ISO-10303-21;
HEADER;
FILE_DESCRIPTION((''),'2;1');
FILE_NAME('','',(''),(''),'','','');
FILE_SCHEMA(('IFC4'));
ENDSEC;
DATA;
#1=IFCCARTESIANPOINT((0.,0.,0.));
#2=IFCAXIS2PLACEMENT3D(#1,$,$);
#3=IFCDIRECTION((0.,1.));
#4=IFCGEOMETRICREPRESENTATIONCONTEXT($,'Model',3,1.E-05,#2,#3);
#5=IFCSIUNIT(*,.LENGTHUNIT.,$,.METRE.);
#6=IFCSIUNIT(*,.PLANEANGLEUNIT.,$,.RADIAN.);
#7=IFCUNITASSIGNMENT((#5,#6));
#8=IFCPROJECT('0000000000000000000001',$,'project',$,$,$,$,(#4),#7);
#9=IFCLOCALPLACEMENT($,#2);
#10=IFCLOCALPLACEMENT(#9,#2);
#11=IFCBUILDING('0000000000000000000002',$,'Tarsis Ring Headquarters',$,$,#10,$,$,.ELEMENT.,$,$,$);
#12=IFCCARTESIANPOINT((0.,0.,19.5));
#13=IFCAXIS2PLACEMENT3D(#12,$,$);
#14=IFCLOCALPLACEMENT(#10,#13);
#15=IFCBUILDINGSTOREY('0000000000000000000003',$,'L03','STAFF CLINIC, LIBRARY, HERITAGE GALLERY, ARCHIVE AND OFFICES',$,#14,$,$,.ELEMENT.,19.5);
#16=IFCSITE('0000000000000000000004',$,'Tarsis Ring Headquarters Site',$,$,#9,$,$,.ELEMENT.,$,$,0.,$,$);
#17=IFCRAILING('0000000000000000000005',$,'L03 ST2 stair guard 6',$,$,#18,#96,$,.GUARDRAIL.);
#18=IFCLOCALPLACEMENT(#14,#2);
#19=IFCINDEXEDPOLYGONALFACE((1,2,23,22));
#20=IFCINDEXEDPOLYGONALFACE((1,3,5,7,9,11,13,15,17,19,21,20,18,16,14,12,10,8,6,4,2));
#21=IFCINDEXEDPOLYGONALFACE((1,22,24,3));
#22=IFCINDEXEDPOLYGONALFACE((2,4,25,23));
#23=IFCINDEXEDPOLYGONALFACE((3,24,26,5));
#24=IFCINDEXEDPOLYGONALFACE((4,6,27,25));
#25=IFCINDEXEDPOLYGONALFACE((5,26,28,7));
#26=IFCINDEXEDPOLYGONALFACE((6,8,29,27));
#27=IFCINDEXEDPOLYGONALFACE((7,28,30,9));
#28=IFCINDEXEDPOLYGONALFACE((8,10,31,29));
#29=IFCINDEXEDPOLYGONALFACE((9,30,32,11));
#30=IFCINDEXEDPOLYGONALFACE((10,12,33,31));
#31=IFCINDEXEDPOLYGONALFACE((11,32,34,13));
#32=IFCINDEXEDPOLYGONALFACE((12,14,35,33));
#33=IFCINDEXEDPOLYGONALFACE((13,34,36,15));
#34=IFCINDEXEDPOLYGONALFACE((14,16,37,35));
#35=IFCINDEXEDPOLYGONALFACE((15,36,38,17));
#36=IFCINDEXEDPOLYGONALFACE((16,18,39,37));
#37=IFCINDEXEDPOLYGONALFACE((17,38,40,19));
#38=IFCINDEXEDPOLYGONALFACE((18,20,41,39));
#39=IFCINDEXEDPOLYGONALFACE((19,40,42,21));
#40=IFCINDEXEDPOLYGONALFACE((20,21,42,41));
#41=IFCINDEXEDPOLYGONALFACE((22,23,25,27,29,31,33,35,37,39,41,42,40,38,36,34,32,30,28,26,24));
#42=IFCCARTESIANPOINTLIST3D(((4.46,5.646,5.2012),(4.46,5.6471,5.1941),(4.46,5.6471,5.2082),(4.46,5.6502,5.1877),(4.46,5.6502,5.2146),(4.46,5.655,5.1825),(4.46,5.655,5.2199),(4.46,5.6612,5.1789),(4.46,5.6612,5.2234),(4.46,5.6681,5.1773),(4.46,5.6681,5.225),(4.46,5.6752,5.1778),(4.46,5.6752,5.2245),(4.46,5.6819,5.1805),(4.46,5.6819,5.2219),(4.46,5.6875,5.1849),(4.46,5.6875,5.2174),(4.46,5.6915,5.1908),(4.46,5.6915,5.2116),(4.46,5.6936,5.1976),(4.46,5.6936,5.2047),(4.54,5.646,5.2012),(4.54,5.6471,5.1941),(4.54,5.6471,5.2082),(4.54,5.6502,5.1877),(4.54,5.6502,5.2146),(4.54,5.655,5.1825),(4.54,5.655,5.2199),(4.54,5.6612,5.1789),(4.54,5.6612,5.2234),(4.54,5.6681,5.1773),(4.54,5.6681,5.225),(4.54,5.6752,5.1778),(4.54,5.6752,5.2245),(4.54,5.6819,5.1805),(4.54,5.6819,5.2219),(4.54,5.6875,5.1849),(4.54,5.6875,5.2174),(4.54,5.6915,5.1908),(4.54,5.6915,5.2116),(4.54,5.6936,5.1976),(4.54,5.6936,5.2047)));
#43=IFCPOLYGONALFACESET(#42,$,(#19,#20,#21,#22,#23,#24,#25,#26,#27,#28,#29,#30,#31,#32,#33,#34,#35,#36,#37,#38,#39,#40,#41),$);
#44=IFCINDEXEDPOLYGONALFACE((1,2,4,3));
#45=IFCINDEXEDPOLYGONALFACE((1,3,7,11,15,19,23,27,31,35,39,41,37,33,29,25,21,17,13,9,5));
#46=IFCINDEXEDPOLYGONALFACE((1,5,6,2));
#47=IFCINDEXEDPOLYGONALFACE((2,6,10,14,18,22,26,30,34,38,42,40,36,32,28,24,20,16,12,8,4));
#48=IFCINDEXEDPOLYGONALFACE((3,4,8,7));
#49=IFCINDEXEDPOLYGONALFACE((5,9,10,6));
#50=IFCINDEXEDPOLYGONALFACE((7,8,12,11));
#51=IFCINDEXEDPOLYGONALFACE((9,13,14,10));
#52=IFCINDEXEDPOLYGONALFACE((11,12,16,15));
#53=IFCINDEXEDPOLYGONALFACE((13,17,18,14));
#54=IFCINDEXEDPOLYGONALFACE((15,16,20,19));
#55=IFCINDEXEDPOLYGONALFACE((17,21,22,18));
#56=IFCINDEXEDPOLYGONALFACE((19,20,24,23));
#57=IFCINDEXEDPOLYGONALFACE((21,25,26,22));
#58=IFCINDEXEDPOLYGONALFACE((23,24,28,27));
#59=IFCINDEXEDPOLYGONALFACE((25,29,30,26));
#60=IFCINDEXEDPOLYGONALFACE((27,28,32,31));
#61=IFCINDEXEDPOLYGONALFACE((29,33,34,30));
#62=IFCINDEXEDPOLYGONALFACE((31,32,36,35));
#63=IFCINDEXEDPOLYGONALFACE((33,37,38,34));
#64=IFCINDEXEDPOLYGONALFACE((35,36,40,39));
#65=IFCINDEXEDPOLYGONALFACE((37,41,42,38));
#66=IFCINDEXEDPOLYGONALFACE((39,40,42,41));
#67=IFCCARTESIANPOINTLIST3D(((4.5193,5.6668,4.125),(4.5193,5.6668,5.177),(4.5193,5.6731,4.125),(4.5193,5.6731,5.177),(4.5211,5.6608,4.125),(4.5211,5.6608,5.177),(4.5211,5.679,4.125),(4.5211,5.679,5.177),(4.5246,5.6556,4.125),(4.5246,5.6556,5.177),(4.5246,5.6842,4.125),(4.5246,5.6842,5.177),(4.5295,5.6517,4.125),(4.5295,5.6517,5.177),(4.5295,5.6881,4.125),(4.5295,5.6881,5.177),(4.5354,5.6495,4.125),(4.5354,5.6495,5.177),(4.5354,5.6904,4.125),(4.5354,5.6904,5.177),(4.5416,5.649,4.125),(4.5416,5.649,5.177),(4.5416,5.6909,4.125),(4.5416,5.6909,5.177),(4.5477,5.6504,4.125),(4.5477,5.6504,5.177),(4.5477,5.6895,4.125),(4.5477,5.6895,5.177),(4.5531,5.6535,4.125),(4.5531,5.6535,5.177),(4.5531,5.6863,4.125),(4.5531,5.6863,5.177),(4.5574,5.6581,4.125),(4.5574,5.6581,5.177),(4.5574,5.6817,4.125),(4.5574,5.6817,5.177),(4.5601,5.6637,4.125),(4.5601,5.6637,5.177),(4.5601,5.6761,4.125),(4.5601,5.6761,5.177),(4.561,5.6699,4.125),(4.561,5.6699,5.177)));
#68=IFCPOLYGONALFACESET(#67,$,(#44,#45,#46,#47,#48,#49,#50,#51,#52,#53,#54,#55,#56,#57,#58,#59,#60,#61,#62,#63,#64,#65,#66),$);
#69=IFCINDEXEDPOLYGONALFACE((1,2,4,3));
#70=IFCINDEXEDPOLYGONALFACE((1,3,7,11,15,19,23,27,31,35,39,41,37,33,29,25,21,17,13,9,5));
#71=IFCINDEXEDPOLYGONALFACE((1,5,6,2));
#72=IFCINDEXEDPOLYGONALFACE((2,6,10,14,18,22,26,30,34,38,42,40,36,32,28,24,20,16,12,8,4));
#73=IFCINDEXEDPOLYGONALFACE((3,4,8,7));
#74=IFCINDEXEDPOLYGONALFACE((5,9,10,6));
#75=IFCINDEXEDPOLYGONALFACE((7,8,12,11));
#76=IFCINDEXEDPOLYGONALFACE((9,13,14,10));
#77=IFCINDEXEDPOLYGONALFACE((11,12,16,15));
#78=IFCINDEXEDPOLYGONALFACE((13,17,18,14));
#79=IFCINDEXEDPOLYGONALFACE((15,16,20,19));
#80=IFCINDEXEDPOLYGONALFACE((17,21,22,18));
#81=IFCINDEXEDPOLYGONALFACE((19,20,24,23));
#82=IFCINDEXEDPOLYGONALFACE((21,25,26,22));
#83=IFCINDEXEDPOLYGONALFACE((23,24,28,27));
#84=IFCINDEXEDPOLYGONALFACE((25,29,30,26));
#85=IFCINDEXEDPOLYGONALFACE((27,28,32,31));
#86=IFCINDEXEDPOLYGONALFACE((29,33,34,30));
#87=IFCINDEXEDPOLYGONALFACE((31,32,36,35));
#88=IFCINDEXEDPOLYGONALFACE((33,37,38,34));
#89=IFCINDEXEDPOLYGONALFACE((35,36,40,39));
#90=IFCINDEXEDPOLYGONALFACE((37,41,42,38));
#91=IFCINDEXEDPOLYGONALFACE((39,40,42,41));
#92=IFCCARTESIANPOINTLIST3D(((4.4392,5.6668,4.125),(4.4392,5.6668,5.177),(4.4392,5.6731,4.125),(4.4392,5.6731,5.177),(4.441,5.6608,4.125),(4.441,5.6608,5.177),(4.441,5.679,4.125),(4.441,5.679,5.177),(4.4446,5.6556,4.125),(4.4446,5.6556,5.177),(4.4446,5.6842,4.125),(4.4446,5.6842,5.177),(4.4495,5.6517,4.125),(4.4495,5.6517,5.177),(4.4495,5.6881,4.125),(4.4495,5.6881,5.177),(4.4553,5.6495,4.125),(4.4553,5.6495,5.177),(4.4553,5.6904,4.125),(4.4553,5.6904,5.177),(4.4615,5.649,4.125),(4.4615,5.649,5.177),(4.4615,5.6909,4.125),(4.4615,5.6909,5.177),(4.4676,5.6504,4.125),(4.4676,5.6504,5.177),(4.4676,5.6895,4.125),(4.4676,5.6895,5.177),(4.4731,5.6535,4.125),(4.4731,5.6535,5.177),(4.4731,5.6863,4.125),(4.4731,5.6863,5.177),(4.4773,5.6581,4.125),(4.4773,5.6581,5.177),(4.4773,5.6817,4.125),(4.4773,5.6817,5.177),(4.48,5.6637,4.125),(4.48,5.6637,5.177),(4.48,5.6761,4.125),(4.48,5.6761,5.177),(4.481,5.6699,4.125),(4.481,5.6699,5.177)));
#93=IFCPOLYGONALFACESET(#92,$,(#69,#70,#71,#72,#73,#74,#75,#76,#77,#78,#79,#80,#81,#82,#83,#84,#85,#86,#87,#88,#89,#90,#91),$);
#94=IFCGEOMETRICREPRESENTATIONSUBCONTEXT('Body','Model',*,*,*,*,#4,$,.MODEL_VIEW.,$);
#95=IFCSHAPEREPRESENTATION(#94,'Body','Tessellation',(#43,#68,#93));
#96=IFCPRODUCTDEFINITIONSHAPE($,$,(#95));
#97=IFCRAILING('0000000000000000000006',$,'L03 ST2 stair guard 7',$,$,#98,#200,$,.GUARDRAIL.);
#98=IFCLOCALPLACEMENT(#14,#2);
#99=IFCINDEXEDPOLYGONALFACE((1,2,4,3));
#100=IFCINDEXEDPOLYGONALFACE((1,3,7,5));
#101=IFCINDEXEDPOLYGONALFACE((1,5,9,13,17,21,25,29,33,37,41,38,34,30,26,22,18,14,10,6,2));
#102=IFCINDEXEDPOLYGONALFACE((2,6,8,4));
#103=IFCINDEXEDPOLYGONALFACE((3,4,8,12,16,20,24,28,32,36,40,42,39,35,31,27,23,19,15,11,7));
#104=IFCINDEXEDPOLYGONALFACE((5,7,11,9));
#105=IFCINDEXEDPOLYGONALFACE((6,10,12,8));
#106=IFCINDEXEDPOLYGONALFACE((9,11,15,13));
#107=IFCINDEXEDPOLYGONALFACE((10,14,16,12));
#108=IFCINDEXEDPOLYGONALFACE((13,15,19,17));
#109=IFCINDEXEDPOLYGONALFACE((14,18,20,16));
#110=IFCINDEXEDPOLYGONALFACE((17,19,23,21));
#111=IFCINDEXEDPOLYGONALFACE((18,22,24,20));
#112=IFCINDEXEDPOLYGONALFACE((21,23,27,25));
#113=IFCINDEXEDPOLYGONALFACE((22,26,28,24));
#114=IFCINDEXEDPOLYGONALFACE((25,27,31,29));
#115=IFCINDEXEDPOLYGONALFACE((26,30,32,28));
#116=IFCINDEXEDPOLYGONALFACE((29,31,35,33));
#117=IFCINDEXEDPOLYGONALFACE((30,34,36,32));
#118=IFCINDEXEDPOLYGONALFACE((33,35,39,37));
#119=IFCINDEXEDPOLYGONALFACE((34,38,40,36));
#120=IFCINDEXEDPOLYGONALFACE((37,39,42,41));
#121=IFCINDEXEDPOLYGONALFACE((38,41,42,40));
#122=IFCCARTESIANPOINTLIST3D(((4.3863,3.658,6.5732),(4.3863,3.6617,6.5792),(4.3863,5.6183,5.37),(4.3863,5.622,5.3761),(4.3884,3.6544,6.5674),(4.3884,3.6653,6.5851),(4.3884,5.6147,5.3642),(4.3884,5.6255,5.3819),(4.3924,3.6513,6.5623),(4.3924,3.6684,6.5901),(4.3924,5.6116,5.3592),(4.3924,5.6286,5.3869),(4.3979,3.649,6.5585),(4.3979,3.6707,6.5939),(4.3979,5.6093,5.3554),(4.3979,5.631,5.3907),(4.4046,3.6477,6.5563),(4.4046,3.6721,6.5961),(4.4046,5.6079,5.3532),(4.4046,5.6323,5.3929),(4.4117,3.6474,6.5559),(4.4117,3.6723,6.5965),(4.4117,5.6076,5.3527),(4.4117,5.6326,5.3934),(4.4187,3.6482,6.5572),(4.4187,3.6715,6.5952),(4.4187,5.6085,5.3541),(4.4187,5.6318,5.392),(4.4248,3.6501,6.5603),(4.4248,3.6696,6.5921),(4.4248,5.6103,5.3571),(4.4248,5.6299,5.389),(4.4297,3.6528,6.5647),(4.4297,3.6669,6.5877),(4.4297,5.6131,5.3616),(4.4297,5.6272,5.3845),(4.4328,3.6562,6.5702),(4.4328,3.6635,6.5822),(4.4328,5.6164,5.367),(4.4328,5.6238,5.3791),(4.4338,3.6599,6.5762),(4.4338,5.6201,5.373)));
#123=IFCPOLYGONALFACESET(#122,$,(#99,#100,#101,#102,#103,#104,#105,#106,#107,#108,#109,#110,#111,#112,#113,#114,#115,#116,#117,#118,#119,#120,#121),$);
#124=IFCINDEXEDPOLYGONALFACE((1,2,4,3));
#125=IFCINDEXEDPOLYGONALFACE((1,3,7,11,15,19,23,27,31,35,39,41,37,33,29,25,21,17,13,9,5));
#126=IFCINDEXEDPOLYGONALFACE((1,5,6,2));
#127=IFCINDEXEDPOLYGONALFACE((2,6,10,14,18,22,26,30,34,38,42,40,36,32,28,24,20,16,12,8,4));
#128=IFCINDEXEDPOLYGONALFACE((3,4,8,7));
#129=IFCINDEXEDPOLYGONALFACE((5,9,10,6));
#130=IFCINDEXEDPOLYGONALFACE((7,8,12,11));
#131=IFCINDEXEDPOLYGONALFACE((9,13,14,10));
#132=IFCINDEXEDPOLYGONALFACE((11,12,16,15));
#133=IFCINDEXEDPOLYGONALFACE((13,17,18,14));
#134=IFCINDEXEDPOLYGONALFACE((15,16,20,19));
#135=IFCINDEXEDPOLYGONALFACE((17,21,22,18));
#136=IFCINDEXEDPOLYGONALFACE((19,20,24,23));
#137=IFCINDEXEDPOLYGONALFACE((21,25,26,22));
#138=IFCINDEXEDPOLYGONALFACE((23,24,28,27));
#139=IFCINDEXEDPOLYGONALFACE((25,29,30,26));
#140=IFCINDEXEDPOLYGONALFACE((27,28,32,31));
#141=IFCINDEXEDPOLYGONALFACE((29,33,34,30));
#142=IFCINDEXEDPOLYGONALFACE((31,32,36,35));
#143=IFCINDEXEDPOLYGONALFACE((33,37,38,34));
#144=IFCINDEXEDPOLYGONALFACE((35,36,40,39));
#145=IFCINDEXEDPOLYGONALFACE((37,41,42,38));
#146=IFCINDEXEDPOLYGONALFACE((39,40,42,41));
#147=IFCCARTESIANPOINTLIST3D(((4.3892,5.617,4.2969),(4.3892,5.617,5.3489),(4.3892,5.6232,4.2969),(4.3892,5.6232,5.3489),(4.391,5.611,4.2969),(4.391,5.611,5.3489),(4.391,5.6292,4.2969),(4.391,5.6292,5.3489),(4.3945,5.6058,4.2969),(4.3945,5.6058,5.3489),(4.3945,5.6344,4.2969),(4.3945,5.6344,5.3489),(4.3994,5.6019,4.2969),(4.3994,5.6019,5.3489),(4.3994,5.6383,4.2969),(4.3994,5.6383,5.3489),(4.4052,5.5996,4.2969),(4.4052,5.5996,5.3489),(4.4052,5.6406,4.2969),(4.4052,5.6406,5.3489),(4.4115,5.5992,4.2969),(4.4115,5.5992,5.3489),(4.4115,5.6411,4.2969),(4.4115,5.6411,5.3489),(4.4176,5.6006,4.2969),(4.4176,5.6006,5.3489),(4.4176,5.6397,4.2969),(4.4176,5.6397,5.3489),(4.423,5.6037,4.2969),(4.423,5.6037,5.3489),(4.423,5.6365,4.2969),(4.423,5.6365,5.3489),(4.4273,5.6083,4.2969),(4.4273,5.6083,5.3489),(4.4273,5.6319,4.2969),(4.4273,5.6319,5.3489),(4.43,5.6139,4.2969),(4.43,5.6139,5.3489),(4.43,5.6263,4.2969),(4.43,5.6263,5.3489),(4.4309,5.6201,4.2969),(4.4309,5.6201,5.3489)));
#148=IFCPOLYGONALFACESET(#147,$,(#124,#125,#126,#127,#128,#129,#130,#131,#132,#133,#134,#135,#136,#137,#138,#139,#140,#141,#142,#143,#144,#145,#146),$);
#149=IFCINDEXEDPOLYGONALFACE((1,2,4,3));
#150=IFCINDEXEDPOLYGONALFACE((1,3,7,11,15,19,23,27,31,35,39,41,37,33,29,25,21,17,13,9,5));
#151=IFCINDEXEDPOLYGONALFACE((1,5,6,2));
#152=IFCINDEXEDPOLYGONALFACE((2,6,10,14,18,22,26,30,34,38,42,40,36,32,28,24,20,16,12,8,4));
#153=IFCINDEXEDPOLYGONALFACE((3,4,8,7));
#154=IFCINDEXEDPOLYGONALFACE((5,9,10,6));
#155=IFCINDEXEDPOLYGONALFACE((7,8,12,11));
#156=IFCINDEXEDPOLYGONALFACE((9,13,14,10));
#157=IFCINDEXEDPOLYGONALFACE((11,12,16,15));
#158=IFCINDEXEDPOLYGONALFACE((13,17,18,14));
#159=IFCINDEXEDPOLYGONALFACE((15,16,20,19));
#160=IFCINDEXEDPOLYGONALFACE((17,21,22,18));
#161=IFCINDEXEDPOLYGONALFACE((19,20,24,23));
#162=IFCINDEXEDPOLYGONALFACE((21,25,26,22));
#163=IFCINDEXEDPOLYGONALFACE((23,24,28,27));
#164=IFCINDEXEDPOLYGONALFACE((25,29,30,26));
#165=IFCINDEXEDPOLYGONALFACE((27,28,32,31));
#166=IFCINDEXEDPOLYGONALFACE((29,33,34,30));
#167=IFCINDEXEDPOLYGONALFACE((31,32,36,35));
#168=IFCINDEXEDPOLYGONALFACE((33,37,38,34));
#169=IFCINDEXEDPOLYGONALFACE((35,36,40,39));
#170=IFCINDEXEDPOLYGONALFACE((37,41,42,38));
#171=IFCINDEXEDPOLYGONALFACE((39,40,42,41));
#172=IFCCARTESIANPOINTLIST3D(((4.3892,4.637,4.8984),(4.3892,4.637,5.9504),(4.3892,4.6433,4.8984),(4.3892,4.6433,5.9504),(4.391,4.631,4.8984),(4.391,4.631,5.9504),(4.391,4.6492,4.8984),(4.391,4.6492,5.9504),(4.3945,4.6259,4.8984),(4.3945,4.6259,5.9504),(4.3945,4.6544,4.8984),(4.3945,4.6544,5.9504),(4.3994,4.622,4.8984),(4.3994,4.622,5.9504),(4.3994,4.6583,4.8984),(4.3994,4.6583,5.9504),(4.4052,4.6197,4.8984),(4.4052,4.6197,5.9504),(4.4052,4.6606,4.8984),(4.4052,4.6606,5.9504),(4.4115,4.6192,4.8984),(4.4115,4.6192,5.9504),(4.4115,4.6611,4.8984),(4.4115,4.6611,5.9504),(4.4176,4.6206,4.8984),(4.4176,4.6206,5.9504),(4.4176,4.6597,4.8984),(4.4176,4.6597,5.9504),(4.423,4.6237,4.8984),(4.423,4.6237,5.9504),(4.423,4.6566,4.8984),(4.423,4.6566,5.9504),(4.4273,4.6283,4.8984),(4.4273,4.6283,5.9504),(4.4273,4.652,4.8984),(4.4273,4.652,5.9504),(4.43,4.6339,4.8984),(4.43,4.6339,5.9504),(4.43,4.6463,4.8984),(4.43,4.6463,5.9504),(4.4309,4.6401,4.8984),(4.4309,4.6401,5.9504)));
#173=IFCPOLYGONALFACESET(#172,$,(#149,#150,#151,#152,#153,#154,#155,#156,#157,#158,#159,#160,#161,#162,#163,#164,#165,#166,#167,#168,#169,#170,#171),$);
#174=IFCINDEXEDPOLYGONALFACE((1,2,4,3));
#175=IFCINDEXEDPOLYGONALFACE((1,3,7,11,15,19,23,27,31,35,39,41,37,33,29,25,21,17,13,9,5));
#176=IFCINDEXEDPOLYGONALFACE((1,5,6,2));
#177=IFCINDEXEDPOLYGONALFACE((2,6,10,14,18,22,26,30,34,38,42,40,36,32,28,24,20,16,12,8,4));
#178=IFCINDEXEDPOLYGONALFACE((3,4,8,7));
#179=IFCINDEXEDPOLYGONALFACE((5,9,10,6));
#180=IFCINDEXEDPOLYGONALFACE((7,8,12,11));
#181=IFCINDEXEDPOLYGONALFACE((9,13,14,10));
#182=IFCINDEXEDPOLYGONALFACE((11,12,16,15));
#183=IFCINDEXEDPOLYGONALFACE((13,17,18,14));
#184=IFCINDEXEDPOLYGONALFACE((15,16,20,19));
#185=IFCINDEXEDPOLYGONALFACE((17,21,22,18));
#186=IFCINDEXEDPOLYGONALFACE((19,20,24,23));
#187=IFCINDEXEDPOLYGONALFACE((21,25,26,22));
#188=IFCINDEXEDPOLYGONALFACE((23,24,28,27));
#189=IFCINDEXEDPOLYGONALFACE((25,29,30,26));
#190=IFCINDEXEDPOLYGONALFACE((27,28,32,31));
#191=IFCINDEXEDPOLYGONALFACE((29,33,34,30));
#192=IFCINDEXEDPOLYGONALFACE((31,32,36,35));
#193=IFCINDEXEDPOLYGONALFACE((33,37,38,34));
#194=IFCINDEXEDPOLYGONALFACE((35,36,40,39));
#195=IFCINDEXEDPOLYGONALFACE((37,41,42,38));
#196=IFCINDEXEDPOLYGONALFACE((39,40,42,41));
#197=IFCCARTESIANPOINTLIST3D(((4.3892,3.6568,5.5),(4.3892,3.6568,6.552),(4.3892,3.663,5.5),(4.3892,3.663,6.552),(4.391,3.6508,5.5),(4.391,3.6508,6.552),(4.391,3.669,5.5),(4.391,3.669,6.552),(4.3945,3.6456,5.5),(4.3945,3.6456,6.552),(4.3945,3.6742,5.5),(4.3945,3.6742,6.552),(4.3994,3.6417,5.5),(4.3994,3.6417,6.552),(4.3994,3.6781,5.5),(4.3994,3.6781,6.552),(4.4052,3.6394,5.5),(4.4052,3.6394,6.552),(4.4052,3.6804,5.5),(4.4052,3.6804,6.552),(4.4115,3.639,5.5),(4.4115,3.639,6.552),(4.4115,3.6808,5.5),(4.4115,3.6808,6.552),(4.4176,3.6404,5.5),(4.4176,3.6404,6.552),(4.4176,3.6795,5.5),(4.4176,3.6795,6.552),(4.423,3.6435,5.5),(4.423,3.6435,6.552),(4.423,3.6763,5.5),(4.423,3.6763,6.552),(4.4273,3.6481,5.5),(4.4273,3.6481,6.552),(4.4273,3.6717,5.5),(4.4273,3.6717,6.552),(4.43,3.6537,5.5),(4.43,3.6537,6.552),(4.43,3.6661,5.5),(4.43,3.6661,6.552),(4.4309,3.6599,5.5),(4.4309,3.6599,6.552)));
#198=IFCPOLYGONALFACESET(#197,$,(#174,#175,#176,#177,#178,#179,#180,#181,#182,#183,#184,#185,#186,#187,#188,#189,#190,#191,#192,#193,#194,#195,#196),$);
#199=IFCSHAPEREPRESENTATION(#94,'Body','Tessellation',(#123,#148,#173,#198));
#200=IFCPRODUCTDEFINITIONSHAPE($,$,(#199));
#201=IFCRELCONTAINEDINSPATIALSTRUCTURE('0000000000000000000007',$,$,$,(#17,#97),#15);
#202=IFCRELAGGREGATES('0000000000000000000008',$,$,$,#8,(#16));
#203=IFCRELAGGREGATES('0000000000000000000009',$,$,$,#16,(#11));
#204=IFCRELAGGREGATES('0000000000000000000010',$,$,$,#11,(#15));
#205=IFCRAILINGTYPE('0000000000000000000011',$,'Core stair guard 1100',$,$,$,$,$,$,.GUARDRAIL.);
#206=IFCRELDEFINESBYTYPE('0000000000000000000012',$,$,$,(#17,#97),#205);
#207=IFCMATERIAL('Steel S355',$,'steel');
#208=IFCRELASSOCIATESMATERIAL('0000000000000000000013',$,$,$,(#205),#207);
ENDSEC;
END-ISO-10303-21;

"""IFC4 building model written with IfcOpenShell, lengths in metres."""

from ifc_helpers import new_model, si_unit, direction, frame, origin, origin_2d, place, context, subcontext, project, spatial, circle, extrude, material, type_object, element, save


model = new_model("IFC4")

# Units and contexts
model_context = context("Model", 3, precision=1e-05, world=origin(), true_north=direction((0.0, 1.0)))
body_context = subcontext(model_context, "Body", "Model", "MODEL_VIEW")
ifc_project = project(units=[si_unit("LENGTHUNIT", "METRE"), si_unit("PLANEANGLEUNIT", "RADIAN")], contexts=[model_context])

# Site, building, storey
site_placement = place(None, origin())
site = spatial("IfcSite", under=ifc_project, at=site_placement, Name="Tarsis Ring Headquarters Site", CompositionType="ELEMENT", RefElevation=0.0)
building_placement = place(site_placement, origin())
building = spatial("IfcBuilding", under=site, at=building_placement, Name="Tarsis Ring Headquarters", CompositionType="ELEMENT")
storey_placement = place(building_placement, frame((0.0, 0.0, 19.5)))
storey = spatial("IfcBuildingStorey", under=building, at=storey_placement, Name="L03", Description="STAFF CLINIC, LIBRARY, HERITAGE GALLERY, ARCHIVE AND OFFICES", CompositionType="ELEMENT", Elevation=19.5)

# Railings
ifc_material_1 = material(Name="Steel S355", Category="steel")
railing_type_1 = type_object("IfcRailingType", Name="Core stair guard 1100", PredefinedType="GUARDRAIL", material=ifc_material_1)
railing_1_placement = place(storey_placement, frame((4.54, 5.6699, 4.125)))
element("IfcRailing", 1, at=railing_1_placement, inside=storey, type_object=railing_type_1, Name="L03 ST2 stair guard 6", PredefinedType="GUARDRAIL", context=body_context, shape_type="SweptSolid", body=[
    extrude(circle(Radius=0.0239, at=origin_2d()), frame((0.0, 0.0, 1.0762), z_axis=(-1.0, 0.0, 0.0), x_axis=(0.0, -1.0, 0.0)), (0.0, 0.0, 1.0), 0.0801),
    extrude(circle(Radius=0.021, at=origin_2d()), origin(), (0.0, 0.0, 1.0), 1.052),
    extrude(circle(Radius=0.021, at=origin_2d()), frame((-0.0801, 0.0, 0.0)), (0.0, 0.0, 1.0), 1.052),
])
railing_2_placement = place(storey_placement, frame((4.4099, 5.6201, 4.2969)))
element("IfcRailing", 2, at=railing_2_placement, inside=storey, type_object=railing_type_1, Name="L03 ST2 stair guard 7", PredefinedType="GUARDRAIL", context=body_context, shape_type="SweptSolid", body=[
    extrude(circle(Radius=0.0239, at=origin_2d()), frame((0.0, 0.0, 1.0762), z_axis=(0.0, -0.85227, 0.523102), x_axis=(1.0, 0.0, 0.0)), (0.0, 0.0, 1.0), 2.3),
    extrude(circle(Radius=0.021, at=origin_2d()), origin(), (0.0, 0.0, 1.0), 1.052),
    extrude(circle(Radius=0.021, at=origin_2d()), frame((0.0, -0.98, 0.6016)), (0.0, 0.0, 1.0), 1.052),
    extrude(circle(Radius=0.021, at=origin_2d()), frame((0.0, -1.9602, 1.2031)), (0.0, 0.0, 1.0), 1.052),
])

save(model, "model.ifc")
